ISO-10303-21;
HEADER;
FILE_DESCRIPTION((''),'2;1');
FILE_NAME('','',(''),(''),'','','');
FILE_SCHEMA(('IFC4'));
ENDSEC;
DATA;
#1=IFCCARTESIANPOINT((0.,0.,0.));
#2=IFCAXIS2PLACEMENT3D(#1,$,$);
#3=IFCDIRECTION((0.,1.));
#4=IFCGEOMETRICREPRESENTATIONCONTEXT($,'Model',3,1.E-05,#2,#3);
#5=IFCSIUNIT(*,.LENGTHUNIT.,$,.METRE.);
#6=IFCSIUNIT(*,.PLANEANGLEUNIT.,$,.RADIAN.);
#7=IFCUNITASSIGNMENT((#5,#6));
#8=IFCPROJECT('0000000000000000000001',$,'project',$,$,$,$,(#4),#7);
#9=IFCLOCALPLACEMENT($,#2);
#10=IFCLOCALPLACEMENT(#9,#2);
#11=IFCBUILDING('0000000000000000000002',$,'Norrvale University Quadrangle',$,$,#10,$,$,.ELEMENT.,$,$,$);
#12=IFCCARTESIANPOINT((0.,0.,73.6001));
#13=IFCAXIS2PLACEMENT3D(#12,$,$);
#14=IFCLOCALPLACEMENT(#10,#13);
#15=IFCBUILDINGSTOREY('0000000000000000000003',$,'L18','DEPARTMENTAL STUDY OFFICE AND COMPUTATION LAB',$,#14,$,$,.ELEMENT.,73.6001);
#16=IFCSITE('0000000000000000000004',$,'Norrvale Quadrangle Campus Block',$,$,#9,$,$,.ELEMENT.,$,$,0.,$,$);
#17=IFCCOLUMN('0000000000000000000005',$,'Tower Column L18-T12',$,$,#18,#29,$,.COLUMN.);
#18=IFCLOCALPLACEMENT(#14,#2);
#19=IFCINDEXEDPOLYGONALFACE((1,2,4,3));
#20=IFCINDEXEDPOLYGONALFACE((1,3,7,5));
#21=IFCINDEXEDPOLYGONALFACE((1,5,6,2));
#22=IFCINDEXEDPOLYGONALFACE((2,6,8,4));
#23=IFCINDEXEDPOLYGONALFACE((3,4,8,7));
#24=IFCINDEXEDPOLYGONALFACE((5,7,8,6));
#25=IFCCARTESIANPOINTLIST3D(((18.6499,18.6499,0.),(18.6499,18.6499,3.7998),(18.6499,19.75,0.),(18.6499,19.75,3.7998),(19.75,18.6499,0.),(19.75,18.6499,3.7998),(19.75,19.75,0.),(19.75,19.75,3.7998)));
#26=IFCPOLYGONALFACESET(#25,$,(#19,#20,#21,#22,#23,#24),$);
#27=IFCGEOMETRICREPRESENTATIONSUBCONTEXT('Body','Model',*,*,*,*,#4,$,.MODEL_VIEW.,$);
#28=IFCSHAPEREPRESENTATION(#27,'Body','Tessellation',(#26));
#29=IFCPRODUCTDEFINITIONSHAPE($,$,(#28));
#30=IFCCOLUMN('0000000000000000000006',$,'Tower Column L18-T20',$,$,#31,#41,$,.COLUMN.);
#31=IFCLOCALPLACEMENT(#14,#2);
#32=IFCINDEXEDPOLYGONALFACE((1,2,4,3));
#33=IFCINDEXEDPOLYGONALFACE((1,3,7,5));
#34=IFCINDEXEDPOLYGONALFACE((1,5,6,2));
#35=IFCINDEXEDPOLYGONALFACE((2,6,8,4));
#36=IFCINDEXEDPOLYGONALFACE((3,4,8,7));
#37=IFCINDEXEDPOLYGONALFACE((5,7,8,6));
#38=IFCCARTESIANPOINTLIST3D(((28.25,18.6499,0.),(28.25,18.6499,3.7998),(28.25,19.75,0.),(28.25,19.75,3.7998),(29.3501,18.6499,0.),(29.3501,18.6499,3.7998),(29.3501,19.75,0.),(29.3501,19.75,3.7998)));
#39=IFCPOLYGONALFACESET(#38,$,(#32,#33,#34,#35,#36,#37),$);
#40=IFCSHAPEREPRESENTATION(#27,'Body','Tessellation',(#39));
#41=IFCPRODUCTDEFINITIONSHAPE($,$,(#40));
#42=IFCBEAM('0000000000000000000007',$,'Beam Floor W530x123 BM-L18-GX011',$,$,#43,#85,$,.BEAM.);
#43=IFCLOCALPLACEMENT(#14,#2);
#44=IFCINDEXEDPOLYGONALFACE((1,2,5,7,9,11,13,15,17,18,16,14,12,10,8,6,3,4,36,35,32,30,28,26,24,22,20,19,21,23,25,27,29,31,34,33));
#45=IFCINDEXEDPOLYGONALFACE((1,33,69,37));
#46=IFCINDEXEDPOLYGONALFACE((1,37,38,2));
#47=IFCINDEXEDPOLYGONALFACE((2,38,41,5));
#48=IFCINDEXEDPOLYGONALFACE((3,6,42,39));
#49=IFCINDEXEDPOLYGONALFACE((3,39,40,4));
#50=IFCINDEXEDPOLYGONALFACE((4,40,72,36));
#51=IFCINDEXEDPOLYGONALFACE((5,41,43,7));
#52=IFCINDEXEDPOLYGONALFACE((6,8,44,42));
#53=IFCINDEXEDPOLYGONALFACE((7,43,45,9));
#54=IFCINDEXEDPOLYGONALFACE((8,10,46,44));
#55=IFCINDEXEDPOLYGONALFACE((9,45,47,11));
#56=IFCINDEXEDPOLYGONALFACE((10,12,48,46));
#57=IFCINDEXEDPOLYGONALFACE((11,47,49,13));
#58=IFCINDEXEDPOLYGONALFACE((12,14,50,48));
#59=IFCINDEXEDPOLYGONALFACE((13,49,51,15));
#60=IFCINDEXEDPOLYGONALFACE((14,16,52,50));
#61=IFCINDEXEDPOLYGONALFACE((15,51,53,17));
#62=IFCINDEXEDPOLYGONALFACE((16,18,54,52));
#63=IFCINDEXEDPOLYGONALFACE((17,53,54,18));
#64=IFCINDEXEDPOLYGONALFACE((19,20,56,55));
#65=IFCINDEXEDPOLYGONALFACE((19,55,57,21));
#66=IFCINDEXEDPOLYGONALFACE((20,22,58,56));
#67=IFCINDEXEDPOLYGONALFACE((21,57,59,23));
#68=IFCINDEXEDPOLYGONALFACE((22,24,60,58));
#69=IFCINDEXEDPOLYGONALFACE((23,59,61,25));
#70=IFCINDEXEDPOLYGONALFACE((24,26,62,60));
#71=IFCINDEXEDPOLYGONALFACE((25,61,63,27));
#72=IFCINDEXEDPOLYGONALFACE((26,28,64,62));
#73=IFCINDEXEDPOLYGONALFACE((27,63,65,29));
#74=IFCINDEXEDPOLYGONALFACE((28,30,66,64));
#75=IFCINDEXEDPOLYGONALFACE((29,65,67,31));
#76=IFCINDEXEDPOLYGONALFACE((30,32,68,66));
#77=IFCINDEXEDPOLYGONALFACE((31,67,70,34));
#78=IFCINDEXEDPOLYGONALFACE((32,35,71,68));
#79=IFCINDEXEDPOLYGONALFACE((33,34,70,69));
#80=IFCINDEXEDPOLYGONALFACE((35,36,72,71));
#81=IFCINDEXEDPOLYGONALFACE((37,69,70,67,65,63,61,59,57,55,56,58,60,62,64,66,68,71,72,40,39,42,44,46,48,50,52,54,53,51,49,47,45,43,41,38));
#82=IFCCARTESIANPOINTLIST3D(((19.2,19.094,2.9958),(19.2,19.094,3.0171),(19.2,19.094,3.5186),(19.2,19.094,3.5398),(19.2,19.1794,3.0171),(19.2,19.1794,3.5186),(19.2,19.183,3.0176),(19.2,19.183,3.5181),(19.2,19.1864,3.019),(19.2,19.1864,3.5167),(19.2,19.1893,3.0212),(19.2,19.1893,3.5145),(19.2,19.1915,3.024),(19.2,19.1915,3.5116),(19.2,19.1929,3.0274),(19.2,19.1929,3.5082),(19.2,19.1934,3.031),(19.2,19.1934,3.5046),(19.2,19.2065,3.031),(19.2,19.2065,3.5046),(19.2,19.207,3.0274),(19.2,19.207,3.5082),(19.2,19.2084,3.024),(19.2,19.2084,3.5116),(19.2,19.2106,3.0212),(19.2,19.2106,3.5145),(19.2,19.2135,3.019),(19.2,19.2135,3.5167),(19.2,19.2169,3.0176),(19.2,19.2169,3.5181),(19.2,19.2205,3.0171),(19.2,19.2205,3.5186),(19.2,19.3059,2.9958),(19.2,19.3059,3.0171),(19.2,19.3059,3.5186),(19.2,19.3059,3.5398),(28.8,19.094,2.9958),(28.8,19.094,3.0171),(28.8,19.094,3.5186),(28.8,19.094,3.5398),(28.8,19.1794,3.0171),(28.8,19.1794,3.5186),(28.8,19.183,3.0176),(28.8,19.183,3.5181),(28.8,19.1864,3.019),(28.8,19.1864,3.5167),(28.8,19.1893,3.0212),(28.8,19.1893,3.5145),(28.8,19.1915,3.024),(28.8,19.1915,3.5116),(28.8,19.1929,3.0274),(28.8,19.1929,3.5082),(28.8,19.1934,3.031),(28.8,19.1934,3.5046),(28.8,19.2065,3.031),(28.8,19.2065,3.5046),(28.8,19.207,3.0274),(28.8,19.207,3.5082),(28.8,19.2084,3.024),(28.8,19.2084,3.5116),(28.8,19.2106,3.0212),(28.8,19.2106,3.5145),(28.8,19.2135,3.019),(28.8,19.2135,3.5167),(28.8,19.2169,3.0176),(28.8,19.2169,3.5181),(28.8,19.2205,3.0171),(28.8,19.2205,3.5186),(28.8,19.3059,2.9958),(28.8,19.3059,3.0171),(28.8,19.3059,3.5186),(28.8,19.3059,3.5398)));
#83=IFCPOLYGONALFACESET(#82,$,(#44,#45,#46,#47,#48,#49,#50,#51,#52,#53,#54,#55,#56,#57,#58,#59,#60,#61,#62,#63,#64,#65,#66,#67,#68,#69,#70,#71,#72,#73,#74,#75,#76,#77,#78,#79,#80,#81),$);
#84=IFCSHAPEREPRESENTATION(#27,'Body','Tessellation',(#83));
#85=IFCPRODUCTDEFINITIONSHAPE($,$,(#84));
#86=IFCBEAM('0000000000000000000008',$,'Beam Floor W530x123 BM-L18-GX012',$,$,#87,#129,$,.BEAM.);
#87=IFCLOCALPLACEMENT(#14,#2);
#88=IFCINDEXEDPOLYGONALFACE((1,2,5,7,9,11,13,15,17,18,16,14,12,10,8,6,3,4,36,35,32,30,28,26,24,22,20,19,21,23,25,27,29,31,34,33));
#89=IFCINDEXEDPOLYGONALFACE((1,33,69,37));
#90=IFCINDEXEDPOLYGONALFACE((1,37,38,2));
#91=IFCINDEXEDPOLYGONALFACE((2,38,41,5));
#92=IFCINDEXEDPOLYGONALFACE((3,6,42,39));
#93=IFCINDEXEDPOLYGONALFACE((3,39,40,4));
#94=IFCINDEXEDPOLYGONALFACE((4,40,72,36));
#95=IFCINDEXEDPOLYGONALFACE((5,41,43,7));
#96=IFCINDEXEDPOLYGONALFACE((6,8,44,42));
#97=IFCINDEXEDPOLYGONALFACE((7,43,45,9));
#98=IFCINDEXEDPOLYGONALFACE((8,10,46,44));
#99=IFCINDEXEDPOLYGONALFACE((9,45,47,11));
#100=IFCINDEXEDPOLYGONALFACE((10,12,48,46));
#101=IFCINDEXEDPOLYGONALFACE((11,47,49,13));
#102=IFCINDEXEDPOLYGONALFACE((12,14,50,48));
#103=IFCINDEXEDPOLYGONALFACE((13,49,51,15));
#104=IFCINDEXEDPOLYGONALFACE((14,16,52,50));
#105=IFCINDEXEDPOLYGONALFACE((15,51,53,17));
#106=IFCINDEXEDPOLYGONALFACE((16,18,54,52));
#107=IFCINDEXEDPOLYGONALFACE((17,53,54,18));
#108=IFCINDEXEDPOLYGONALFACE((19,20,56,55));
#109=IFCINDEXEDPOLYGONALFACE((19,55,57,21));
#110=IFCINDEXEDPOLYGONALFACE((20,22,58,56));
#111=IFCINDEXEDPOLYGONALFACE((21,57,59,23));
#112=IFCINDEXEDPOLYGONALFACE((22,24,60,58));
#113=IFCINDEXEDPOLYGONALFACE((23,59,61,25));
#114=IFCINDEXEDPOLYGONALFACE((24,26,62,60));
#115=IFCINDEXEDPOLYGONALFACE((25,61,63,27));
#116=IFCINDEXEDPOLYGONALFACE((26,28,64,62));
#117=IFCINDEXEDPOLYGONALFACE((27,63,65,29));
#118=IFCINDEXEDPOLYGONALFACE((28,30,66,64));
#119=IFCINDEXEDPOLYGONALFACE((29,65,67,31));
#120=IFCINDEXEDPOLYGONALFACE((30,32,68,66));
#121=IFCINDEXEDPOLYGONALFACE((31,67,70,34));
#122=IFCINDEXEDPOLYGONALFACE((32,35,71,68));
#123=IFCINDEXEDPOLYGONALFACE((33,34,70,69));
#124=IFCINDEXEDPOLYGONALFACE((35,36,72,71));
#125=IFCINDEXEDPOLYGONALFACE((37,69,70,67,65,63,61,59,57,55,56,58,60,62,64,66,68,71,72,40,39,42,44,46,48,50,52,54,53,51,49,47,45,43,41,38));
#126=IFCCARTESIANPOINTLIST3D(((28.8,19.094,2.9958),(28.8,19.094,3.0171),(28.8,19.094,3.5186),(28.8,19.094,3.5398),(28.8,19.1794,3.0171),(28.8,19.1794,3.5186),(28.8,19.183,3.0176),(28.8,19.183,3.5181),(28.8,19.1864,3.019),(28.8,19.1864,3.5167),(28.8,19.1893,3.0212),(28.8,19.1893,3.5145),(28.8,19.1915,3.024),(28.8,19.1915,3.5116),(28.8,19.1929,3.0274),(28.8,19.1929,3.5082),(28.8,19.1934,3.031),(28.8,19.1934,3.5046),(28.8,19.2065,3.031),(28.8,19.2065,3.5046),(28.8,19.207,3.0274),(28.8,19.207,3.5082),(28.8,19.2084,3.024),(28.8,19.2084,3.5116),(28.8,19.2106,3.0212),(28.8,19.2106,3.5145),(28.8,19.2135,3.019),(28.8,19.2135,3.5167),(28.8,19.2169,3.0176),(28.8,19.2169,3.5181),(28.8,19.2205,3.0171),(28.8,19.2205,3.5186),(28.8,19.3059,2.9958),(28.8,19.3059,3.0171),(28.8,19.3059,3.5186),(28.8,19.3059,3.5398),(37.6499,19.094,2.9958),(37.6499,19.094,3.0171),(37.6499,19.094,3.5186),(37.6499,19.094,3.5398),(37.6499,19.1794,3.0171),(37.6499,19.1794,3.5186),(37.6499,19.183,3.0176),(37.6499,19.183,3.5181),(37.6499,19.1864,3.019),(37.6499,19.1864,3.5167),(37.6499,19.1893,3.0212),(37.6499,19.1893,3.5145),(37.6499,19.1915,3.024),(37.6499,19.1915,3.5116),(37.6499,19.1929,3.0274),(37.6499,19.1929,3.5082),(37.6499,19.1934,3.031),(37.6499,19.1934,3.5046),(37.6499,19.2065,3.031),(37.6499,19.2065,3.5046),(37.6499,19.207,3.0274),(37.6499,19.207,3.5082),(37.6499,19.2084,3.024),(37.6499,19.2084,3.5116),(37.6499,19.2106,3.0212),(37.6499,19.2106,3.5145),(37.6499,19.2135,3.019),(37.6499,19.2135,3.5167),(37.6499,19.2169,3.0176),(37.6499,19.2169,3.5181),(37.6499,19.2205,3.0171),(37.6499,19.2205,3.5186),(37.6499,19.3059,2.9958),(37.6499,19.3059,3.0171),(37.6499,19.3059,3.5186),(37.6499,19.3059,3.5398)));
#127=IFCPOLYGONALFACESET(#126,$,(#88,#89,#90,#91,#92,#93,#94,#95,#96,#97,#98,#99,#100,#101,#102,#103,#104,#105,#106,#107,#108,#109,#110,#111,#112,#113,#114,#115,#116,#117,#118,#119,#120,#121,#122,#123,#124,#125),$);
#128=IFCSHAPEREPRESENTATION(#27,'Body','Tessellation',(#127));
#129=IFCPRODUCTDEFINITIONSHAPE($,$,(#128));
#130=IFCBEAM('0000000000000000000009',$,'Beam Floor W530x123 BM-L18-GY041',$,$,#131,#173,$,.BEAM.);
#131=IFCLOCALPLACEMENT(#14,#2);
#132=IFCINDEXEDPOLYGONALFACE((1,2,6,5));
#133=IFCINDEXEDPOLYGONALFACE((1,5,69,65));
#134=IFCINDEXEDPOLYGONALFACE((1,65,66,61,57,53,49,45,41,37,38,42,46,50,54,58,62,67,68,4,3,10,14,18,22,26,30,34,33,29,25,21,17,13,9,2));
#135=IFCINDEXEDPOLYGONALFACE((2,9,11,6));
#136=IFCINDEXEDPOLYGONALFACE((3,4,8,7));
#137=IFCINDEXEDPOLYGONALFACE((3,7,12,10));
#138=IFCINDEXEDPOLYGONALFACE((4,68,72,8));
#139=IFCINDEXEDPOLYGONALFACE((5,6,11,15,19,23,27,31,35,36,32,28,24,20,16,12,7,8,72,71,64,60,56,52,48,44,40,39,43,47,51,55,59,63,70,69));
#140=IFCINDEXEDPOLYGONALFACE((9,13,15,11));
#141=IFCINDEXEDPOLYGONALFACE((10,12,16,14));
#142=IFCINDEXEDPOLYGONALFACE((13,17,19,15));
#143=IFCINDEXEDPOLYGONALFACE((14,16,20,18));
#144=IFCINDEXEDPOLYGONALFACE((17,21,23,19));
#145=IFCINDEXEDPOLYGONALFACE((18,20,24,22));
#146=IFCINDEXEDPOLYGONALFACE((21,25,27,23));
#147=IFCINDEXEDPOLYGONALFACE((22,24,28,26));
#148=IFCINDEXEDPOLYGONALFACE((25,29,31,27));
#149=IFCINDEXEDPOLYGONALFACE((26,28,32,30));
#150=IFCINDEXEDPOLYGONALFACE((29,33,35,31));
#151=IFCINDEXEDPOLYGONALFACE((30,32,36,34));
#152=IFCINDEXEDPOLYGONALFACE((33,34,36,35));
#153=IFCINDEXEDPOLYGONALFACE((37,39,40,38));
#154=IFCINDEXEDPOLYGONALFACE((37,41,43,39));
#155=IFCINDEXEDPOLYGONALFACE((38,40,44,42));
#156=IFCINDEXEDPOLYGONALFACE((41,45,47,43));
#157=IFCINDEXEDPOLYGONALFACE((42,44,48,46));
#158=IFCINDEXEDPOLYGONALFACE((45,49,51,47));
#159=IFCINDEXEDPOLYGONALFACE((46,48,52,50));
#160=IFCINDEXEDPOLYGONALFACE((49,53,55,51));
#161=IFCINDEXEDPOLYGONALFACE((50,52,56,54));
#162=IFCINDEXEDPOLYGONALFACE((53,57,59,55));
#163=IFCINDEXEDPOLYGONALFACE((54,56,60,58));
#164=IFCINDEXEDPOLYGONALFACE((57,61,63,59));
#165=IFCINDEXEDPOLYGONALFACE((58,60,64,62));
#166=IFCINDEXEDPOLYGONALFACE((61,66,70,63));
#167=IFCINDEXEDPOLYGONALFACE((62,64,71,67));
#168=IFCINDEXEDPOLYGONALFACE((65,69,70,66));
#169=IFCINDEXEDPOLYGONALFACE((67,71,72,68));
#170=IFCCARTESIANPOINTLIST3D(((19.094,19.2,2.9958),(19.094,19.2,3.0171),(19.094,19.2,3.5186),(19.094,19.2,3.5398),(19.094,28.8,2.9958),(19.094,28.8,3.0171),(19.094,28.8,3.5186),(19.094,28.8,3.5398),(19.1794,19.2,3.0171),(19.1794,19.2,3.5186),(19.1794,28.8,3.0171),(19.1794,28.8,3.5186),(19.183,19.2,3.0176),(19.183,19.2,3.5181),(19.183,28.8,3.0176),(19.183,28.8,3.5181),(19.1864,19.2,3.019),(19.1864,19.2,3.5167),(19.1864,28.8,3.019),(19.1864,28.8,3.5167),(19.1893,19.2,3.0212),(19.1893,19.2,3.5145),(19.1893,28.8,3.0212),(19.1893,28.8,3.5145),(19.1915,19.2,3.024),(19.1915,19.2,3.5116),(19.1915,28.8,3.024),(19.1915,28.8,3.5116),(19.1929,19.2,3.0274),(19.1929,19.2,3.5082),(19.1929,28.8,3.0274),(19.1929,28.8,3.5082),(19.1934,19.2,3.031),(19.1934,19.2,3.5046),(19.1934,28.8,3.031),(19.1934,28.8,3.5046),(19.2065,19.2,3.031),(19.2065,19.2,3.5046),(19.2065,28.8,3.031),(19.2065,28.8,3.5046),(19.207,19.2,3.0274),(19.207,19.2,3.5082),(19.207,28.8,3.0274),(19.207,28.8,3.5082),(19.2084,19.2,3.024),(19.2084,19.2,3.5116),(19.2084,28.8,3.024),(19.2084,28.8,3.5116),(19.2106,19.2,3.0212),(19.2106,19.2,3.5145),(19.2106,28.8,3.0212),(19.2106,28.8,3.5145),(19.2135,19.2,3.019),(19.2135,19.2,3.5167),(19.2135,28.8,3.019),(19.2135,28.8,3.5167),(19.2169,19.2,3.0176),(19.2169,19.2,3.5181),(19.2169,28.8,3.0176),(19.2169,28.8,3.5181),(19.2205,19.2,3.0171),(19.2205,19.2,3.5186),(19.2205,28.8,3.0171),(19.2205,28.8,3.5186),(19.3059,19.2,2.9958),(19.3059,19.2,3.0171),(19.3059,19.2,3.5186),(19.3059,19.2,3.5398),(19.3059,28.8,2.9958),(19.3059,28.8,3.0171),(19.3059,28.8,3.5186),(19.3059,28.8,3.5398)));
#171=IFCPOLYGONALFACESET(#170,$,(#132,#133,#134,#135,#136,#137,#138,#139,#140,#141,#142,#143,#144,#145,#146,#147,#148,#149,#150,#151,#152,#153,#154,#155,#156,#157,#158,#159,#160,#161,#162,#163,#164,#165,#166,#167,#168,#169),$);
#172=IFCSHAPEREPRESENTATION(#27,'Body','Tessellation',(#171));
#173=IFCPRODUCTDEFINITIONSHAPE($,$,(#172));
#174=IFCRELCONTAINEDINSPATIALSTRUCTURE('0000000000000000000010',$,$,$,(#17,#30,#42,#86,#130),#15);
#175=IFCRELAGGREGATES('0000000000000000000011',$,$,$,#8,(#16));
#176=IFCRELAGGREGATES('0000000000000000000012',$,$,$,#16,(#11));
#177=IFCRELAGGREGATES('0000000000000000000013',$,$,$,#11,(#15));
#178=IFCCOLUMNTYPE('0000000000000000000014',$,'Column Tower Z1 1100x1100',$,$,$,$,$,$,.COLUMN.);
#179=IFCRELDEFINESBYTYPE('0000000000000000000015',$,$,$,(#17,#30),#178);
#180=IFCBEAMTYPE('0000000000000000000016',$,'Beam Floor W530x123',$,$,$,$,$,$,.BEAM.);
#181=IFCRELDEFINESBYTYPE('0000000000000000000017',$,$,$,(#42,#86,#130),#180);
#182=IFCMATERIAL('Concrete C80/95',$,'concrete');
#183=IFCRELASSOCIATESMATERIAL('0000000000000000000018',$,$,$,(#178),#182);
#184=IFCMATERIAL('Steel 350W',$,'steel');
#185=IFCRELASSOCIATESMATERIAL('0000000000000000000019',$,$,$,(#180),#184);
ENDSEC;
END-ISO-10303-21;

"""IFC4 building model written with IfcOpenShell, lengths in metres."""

from ifc_helpers import new_model, si_unit, direction, frame, origin, origin_2d, place, context, subcontext, project, spatial, rectangle, i_section, extrude, material, material_profile, profile_set, type_object, element, save


model = new_model("IFC4")

# Units and contexts
model_context = context("Model", 3, precision=1e-05, world=origin(), true_north=direction((0.0, 1.0)))
body_context = subcontext(model_context, "Body", "Model", "MODEL_VIEW")
ifc_project = project(units=[si_unit("LENGTHUNIT", "METRE"), si_unit("PLANEANGLEUNIT", "RADIAN")], contexts=[model_context])

# Site, building, storey
site_placement = place(None, origin())
site = spatial("IfcSite", under=ifc_project, at=site_placement, Name="Norrvale Quadrangle Campus Block", CompositionType="ELEMENT", RefElevation=0.0)
building_placement = place(site_placement, origin())
building = spatial("IfcBuilding", under=site, at=building_placement, Name="Norrvale University Quadrangle", CompositionType="ELEMENT")
storey_placement = place(building_placement, frame((0.0, 0.0, 73.6001)))
storey = spatial("IfcBuildingStorey", under=building, at=storey_placement, Name="L18", Description="DEPARTMENTAL STUDY OFFICE AND COMPUTATION LAB", CompositionType="ELEMENT", Elevation=73.6001)

# Columns
ifc_material_1 = material(Name="Concrete C80/95", Category="concrete")
ifc_material_profile_1 = material_profile(ifc_material_1, rectangle(XDim=1.1001, YDim=1.1001, at=origin_2d()), Name="Concrete C80/95")
ifc_profile_set_1 = profile_set([ifc_material_profile_1], Name="Concrete C80/95")
column_type = type_object("IfcColumnType", Name="Column Tower Z1 1100x1100", PredefinedType="COLUMN", material=ifc_profile_set_1)
for number, where, z_axis, x_axis, name in (
    (1, (19.2, 19.2, 0.0), (0.0, 0.0, 1.0), (1.0, 0.0, 0.0), "Tower Column L18-T12"),
    (2, (28.8, 19.2, 0.0), (0.0, 0.0, 1.0), (1.0, 0.0, 0.0), "Tower Column L18-T20"),
):
    element("IfcColumn", number, at=place(storey_placement, frame(where, z_axis=z_axis, x_axis=x_axis)), inside=storey, type_object=column_type, Name=name, PredefinedType="COLUMN", context=body_context, shape_type="SweptSolid", body=[
        extrude(rectangle(XDim=1.1001, YDim=1.1001, at=origin_2d()), origin(), (0.0, 0.0, 1.0), 3.7998),
    ])

# Beams
ifc_material_2 = material(Name="Steel 350W", Category="steel")
ifc_material_profile_2 = material_profile(ifc_material_2, i_section(OverallWidth=0.2119, OverallDepth=0.5439, WebThickness=0.0132, FlangeThickness=0.0212, FilletRadius=0.0139, at=origin_2d()), Name="Steel 350W")
ifc_profile_set_2 = profile_set([ifc_material_profile_2], Name="Steel 350W")
beam_type_1 = type_object("IfcBeamType", Name="Beam Floor W530x123", PredefinedType="BEAM", material=ifc_profile_set_2)
beam_1_placement = place(storey_placement, frame((19.2, 19.2, 3.2678), z_axis=(1.0, 0.0, 0.0), x_axis=(0.0, 1.0, 0.0)))
element("IfcBeam", 3, at=beam_1_placement, inside=storey, type_object=beam_type_1, Name="Beam Floor W530x123 BM-L18-GX011", PredefinedType="BEAM", context=body_context, shape_type="SweptSolid", body=[
    extrude(i_section(OverallWidth=0.2119, OverallDepth=0.5439, WebThickness=0.0132, FlangeThickness=0.0212, FilletRadius=0.0139, at=origin_2d()), origin(), (0.0, 0.0, 1.0), 9.6001),
])
beam_2_placement = place(storey_placement, frame((28.8, 19.2, 3.2678), z_axis=(1.0, 0.0, 0.0), x_axis=(0.0, 1.0, 0.0)))
element("IfcBeam", 4, at=beam_2_placement, inside=storey, type_object=beam_type_1, Name="Beam Floor W530x123 BM-L18-GX012", PredefinedType="BEAM", context=body_context, shape_type="SweptSolid", body=[
    extrude(i_section(OverallWidth=0.2119, OverallDepth=0.5439, WebThickness=0.0132, FlangeThickness=0.0212, FilletRadius=0.0139, at=origin_2d()), origin(), (0.0, 0.0, 1.0), 8.8499),
])
for number, where, z_axis, x_axis, name in (
    (5, (19.2, 19.2, 3.2678), (0.0, 1.0, 0.0), (-1.0, 0.0, 0.0), "Beam Floor W530x123 BM-L18-GY041"),
):
    element("IfcBeam", number, at=place(storey_placement, frame(where, z_axis=z_axis, x_axis=x_axis)), inside=storey, type_object=beam_type_1, Name=name, PredefinedType="BEAM", context=body_context, shape_type="SweptSolid", body=[
        extrude(i_section(OverallWidth=0.2119, OverallDepth=0.5439, WebThickness=0.0132, FlangeThickness=0.0212, FilletRadius=0.0139, at=origin_2d()), origin(), (0.0, 0.0, 1.0), 9.6001),
    ])

save(model, "model.ifc")
